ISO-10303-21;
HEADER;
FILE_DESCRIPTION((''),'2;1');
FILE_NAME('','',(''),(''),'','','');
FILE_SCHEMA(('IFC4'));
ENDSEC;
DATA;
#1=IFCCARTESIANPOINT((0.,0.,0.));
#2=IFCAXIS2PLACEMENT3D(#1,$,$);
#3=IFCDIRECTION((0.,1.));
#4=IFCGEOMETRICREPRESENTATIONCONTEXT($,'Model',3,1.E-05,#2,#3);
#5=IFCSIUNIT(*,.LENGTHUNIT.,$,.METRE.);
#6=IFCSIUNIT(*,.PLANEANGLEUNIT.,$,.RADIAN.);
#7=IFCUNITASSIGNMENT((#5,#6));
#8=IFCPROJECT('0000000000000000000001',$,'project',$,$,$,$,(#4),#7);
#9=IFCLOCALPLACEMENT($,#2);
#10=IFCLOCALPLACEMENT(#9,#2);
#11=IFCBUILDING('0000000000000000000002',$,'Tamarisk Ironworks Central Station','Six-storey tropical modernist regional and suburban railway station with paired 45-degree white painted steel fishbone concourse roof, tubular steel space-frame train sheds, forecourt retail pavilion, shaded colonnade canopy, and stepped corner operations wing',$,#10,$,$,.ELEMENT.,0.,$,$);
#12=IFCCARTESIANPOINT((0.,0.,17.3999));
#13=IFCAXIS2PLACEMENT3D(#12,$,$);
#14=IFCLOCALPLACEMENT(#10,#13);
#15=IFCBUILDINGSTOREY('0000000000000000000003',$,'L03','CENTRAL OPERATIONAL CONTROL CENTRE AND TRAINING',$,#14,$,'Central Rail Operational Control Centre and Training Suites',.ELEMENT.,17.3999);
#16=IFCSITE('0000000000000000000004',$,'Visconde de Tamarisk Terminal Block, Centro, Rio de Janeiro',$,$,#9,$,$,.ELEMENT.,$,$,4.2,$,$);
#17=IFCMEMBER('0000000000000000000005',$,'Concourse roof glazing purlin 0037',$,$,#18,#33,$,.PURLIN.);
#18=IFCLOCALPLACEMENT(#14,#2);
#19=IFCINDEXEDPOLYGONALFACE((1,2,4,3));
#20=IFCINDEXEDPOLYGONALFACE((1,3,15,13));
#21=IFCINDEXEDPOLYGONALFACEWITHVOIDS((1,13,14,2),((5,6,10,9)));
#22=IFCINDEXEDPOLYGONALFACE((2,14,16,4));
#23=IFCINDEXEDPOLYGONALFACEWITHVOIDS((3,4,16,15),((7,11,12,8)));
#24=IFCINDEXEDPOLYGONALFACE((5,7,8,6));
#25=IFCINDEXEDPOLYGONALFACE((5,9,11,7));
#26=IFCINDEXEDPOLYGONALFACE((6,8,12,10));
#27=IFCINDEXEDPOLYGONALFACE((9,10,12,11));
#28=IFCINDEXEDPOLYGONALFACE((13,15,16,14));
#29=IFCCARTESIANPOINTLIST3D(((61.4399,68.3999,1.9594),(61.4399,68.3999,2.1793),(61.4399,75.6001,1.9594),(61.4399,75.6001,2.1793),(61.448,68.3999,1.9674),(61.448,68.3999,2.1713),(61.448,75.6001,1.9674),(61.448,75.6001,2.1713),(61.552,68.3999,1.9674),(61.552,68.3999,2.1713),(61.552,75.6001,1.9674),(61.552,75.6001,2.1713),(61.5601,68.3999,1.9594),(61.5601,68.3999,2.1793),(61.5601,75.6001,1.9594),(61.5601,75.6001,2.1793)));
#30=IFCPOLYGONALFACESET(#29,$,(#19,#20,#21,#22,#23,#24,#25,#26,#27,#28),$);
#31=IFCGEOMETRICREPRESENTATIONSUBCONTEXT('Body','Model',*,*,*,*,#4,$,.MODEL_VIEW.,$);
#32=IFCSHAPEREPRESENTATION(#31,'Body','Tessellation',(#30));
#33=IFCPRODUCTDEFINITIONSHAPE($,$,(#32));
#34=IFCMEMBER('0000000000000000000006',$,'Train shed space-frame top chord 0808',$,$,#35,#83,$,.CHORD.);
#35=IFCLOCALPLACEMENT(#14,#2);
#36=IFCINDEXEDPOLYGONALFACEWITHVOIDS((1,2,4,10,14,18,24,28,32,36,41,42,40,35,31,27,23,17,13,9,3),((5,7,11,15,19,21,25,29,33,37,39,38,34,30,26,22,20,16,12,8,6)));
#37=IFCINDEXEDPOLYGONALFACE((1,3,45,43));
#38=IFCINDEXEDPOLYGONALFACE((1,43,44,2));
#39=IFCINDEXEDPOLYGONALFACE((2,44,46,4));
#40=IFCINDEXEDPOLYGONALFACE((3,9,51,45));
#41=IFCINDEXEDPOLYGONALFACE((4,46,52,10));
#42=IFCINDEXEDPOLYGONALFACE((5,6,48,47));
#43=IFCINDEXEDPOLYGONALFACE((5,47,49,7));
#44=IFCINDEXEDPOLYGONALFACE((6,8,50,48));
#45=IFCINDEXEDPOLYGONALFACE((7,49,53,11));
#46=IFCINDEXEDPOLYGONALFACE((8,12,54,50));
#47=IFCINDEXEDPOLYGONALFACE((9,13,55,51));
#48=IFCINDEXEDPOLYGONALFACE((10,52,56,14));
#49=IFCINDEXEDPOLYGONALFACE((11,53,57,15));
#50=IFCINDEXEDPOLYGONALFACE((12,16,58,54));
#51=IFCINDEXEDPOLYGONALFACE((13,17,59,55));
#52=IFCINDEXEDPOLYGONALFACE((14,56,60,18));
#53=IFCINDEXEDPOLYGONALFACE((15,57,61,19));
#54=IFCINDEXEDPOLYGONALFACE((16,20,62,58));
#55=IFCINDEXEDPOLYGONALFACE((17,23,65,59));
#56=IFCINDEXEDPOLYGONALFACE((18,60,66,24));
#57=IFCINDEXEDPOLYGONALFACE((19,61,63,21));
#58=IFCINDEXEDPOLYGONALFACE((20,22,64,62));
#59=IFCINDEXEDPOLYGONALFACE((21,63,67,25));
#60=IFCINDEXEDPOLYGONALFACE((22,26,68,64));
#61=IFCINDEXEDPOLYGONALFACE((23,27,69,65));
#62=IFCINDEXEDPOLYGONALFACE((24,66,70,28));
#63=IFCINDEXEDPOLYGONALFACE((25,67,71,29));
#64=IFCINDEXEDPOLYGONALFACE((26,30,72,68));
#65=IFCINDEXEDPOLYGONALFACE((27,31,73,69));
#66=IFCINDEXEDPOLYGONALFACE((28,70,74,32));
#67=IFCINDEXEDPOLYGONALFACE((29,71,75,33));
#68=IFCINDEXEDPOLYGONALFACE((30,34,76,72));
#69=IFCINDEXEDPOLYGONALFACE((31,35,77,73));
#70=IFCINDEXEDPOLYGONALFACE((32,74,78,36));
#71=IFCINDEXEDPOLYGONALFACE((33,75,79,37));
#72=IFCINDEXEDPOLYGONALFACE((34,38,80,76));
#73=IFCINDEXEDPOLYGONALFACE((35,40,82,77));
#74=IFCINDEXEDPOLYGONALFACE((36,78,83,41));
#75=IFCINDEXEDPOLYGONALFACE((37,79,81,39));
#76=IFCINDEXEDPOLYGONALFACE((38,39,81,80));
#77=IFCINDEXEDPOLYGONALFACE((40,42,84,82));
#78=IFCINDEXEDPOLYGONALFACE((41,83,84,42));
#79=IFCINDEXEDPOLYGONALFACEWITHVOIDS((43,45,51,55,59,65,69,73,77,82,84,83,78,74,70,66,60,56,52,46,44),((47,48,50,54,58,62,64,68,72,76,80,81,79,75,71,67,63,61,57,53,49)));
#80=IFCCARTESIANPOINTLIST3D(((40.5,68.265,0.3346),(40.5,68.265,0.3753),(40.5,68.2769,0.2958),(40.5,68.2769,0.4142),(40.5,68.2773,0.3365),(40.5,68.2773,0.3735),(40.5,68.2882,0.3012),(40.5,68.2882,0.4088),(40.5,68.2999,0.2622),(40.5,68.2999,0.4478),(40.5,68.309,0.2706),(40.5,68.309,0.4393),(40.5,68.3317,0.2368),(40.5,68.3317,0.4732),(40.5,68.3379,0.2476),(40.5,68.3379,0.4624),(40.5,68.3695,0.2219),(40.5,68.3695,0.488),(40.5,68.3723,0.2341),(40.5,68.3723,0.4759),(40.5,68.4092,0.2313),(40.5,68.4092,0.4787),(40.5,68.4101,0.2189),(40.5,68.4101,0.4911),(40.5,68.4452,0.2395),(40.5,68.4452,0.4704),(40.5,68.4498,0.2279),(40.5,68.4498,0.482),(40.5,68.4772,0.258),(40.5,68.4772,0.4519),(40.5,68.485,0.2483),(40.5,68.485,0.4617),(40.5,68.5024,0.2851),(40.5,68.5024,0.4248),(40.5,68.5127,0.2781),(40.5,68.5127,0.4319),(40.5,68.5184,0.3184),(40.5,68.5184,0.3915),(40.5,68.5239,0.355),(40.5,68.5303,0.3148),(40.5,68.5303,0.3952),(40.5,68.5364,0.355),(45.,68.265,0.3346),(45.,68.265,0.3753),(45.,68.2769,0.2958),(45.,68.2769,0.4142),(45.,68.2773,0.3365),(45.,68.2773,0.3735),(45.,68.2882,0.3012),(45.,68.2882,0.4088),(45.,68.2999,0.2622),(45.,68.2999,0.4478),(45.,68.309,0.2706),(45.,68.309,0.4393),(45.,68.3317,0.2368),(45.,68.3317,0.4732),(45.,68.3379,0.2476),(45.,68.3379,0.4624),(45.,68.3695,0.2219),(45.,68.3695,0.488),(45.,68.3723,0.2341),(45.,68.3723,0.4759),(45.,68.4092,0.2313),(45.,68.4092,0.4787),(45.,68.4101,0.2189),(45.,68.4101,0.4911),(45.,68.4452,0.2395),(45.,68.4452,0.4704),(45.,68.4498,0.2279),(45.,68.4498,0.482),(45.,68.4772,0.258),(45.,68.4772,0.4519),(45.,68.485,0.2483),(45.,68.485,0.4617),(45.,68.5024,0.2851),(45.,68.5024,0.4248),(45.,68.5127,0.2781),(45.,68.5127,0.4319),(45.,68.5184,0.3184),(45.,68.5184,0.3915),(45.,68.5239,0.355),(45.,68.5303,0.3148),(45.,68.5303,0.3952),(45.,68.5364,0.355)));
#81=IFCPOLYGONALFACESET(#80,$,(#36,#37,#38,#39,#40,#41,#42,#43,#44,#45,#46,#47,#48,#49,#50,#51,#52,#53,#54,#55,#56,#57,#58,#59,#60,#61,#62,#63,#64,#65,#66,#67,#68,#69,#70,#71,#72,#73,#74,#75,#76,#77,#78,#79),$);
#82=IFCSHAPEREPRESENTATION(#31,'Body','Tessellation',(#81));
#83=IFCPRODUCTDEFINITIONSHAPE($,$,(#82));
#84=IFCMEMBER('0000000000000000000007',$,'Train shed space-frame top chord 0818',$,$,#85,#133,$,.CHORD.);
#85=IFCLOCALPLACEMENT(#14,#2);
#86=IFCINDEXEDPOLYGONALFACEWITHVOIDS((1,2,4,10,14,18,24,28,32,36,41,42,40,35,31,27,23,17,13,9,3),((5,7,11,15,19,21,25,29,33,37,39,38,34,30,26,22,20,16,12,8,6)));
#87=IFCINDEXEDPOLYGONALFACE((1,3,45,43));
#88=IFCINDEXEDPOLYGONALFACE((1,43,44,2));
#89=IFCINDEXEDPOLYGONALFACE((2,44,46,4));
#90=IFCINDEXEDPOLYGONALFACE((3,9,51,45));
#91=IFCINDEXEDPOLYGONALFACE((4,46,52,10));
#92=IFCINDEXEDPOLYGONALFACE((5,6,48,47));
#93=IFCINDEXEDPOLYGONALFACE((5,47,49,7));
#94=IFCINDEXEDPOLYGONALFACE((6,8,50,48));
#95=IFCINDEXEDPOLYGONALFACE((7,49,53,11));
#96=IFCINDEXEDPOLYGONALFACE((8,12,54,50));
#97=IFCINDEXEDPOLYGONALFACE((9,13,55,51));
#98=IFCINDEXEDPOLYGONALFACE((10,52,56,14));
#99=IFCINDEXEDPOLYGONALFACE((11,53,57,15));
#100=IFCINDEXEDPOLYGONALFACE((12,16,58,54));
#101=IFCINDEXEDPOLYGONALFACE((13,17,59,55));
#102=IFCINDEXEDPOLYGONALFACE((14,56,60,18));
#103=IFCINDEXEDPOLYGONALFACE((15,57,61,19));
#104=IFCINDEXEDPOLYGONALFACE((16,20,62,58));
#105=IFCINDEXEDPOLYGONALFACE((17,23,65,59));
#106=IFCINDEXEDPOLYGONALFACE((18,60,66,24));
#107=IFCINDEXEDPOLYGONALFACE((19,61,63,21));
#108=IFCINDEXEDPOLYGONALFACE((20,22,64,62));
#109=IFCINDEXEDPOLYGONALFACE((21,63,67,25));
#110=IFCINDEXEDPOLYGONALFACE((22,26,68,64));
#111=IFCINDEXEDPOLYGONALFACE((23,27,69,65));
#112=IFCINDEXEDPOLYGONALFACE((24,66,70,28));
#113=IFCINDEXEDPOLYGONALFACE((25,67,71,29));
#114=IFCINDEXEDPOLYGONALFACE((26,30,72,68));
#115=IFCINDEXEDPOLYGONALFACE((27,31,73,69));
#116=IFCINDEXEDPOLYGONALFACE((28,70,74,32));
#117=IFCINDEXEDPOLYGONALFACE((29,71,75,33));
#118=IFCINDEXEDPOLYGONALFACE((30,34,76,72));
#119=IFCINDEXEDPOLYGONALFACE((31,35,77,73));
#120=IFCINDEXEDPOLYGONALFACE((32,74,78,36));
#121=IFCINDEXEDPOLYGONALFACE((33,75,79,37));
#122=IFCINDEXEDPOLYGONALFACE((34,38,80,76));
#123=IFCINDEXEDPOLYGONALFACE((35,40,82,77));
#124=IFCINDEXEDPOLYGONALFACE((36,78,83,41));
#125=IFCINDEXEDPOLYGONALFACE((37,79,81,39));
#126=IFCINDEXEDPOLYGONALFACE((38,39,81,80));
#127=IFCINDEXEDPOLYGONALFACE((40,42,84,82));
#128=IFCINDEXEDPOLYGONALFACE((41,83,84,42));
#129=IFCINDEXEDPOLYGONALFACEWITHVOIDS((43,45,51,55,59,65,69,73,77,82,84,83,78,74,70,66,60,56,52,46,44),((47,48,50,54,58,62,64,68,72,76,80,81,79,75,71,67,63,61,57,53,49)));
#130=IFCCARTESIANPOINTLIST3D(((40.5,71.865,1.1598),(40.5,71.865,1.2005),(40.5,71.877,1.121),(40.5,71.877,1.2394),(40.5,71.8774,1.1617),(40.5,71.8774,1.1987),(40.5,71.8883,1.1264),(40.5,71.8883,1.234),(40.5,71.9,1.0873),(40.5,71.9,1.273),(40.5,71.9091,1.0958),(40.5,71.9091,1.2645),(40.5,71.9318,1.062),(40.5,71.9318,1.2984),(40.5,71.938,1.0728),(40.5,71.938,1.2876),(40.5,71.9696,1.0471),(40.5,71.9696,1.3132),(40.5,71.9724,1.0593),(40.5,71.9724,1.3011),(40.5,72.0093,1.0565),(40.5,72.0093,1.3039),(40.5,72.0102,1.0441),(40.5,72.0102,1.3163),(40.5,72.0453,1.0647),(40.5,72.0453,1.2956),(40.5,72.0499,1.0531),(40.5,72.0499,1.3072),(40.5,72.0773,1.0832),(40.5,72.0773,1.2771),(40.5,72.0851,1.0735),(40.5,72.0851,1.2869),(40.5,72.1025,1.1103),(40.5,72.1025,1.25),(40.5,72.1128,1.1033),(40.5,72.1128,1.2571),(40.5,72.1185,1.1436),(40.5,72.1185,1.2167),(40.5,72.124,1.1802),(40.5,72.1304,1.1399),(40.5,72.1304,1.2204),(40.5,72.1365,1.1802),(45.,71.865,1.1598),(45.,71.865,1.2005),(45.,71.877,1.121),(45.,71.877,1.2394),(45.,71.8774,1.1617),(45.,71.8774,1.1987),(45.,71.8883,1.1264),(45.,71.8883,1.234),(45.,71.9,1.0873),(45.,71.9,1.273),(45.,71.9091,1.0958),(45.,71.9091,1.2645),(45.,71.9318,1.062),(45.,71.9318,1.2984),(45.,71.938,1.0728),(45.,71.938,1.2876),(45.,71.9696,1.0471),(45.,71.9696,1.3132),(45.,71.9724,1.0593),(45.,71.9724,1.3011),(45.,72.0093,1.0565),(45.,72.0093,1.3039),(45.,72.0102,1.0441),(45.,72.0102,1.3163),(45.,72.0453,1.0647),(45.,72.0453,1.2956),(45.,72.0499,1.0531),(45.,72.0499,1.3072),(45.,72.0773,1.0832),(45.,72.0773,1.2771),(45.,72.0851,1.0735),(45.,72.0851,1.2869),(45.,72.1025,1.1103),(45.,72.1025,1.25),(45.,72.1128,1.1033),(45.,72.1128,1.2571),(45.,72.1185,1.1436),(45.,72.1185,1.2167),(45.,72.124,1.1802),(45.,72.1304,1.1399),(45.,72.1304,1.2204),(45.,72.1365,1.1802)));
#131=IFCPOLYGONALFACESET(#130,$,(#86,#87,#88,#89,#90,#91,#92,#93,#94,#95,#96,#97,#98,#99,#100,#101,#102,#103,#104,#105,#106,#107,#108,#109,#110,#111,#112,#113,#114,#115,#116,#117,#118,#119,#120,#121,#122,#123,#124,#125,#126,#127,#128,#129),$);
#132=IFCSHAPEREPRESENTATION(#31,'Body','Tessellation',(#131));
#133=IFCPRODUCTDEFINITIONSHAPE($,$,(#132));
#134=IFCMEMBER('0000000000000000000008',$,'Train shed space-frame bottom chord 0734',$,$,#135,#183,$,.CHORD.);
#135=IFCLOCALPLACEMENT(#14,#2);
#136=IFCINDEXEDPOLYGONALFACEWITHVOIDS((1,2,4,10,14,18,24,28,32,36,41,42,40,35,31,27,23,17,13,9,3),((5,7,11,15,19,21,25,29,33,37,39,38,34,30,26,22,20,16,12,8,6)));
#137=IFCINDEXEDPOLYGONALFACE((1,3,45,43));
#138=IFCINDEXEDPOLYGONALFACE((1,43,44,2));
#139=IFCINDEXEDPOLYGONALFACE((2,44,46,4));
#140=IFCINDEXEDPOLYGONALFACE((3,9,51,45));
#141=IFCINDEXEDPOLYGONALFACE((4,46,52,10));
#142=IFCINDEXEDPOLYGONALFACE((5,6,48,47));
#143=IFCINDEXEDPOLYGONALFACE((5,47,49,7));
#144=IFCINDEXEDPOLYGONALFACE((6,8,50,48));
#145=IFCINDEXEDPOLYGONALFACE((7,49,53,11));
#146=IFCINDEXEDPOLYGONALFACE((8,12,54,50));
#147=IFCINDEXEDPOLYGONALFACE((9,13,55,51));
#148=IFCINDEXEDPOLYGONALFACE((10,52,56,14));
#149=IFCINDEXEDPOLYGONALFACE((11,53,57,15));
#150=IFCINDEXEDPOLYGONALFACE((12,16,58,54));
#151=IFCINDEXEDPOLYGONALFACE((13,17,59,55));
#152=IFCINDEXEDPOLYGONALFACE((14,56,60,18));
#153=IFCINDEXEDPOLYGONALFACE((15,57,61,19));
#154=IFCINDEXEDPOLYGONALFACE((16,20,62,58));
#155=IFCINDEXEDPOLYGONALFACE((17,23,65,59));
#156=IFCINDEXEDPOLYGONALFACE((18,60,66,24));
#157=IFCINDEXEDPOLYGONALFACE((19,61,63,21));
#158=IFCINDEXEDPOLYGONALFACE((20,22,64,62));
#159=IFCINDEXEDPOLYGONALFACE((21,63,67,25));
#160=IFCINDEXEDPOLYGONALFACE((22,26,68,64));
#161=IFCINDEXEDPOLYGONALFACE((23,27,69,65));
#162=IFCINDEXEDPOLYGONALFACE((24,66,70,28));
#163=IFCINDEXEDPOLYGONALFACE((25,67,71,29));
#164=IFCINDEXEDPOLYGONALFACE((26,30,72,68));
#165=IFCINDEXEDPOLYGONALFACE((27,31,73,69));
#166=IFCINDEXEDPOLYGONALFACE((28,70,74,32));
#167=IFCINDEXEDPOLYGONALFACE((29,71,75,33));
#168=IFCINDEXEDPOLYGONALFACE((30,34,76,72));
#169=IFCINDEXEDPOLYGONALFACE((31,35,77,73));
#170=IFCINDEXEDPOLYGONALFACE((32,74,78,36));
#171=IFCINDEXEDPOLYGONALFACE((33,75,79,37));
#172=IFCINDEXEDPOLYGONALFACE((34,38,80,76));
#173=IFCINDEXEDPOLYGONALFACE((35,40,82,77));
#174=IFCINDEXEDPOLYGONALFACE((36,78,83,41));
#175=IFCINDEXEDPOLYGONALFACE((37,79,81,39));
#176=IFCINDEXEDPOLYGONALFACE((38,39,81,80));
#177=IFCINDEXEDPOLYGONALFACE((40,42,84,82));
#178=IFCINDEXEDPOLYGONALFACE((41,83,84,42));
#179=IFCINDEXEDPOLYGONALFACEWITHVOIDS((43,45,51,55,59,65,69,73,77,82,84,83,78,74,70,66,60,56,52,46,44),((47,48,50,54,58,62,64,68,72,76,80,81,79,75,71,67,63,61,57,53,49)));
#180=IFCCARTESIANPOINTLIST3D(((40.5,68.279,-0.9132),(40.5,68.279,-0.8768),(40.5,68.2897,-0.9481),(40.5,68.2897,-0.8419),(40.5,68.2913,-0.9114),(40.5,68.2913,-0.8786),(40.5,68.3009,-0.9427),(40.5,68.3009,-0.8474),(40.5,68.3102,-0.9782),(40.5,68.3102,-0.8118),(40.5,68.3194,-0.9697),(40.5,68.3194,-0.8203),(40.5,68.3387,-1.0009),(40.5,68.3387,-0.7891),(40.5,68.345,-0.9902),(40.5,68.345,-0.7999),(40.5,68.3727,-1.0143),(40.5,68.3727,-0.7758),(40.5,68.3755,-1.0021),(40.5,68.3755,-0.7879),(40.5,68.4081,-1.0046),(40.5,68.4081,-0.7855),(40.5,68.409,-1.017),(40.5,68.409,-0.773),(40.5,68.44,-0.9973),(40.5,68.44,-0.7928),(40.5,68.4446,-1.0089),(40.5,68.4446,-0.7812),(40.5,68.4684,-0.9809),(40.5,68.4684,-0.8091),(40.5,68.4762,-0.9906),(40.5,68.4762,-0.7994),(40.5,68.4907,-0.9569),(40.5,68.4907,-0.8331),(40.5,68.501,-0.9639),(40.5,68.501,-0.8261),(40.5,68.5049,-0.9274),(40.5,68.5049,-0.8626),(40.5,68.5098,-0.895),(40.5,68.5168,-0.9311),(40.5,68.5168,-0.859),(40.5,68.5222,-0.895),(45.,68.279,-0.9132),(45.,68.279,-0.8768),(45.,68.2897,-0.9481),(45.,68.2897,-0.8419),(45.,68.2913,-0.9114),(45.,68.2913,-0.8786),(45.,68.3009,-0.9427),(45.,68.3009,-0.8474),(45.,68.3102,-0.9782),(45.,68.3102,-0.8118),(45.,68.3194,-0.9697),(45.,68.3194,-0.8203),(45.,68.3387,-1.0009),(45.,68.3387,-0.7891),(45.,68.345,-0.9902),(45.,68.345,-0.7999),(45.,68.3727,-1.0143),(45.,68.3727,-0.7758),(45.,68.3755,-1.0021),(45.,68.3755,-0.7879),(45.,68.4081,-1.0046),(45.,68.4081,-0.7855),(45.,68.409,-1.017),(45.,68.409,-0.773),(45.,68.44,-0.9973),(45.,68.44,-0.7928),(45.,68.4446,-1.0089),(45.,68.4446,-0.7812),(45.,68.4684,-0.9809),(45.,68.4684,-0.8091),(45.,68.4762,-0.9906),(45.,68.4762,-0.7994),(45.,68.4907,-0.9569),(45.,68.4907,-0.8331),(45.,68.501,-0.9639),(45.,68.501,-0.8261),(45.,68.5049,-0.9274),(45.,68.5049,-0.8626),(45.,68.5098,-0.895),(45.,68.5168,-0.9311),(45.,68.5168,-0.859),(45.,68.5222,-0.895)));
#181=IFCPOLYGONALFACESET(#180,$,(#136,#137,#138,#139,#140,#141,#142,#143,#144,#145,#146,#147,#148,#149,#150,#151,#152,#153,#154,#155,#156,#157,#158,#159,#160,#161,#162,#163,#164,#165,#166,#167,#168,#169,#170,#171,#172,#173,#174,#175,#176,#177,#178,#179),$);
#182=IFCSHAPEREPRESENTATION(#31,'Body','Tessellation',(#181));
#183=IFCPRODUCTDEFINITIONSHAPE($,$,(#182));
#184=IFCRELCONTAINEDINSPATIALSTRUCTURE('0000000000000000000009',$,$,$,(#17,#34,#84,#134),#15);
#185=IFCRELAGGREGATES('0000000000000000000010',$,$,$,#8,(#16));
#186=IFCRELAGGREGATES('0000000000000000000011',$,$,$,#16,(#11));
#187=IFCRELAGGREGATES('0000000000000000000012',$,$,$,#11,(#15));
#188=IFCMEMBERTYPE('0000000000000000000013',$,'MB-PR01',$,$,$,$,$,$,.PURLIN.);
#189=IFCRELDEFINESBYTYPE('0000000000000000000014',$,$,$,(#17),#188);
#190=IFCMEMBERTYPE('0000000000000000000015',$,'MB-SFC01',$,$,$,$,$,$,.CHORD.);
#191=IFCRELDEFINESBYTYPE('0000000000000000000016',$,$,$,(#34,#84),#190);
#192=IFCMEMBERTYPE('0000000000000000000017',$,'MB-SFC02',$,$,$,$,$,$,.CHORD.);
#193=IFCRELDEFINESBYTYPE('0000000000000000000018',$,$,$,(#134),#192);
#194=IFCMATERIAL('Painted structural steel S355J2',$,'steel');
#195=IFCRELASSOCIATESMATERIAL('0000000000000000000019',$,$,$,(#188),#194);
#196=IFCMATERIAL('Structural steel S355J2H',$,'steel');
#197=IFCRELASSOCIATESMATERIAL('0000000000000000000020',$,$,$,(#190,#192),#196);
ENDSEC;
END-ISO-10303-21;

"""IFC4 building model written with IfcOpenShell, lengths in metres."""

from ifc_helpers import new_model, si_unit, direction, frame, origin, origin_2d, place, context, subcontext, project, spatial, hollow_rectangle, hollow_circle, extrude, material, material_profile, profile_set, type_object, element, save


model = new_model("IFC4")

# Units and contexts
model_context = context("Model", 3, precision=1e-05, world=origin(), true_north=direction((0.0, 1.0)))
body_context = subcontext(model_context, "Body", "Model", "MODEL_VIEW")
ifc_project = project(units=[si_unit("LENGTHUNIT", "METRE"), si_unit("PLANEANGLEUNIT", "RADIAN")], contexts=[model_context])

# Site, building, storey
site_placement = place(None, origin())
site = spatial("IfcSite", under=ifc_project, at=site_placement, Name="Visconde de Tamarisk Terminal Block, Centro, Rio de Janeiro", CompositionType="ELEMENT", RefElevation=4.2)
building_placement = place(site_placement, origin())
building = spatial("IfcBuilding", under=site, at=building_placement, Name="Tamarisk Ironworks Central Station", Description="Six-storey tropical modernist regional and suburban railway station with paired 45-degree white painted steel fishbone concourse roof, tubular steel space-frame train sheds, forecourt retail pavilion, shaded colonnade canopy, and stepped corner operations wing", CompositionType="ELEMENT", ElevationOfRefHeight=0.0)
storey_placement = place(building_placement, frame((0.0, 0.0, 17.3999)))
storey = spatial("IfcBuildingStorey", under=building, at=storey_placement, Name="L03", Description="CENTRAL OPERATIONAL CONTROL CENTRE AND TRAINING", LongName="Central Rail Operational Control Centre and Training Suites", CompositionType="ELEMENT", Elevation=17.3999)

# Members
ifc_material_1 = material(Name="Painted structural steel S355J2", Category="steel")
ifc_material_profile_1 = material_profile(ifc_material_1, hollow_rectangle(XDim=0.1201, YDim=0.22, WallThickness=0.0081, at=origin_2d()), Name="RHS 220x120x8")
ifc_profile_set_1 = profile_set([ifc_material_profile_1], Name="Painted structural steel S355J2")
member_type_1 = type_object("IfcMemberType", Name="MB-PR01", PredefinedType="PURLIN", material=ifc_profile_set_1)
member_1_placement = place(storey_placement, frame((61.5, 68.3999, 2.0693), z_axis=(0.0, 1.0, 0.0), x_axis=(-1.0, 0.0, 0.0)))
element("IfcMember", 1, at=member_1_placement, inside=storey, type_object=member_type_1, Name="Concourse roof glazing purlin 0037", PredefinedType="PURLIN", context=body_context, shape_type="SweptSolid", body=[
    extrude(hollow_rectangle(XDim=0.1201, YDim=0.22, WallThickness=0.0081, at=origin_2d()), origin(), (0.0, 0.0, 1.0), 7.2002),
])
ifc_material_2 = material(Name="Structural steel S355J2H", Category="steel")
ifc_material_profile_2 = material_profile(ifc_material_2, hollow_circle(Radius=0.1365, WallThickness=0.0125, at=origin_2d()), Name="CHS 273x12.5")
ifc_profile_set_2 = profile_set([ifc_material_profile_2], Name="Structural steel S355J2H")
member_type_2 = type_object("IfcMemberType", Name="MB-SFC01", PredefinedType="CHORD", material=ifc_profile_set_2)
for number, where, z_axis, x_axis, name in (
    (2, (40.5, 68.3999, 0.355), (1.0, 0.0, 0.0), (0.0, 1.0, 0.0), "Train shed space-frame top chord 0808"),
    (3, (40.5, 72.0, 1.1802), (1.0, 0.0, 0.0), (0.0, 1.0, 0.0), "Train shed space-frame top chord 0818"),
):
    element("IfcMember", number, at=place(storey_placement, frame(where, z_axis=z_axis, x_axis=x_axis)), inside=storey, type_object=member_type_2, Name=name, PredefinedType="CHORD", context=body_context, shape_type="SweptSolid", body=[
        extrude(hollow_circle(Radius=0.1365, WallThickness=0.0125, at=origin_2d()), origin(), (0.0, 0.0, 1.0), 4.5),
    ])
ifc_material_profile_3 = material_profile(ifc_material_2, hollow_circle(Radius=0.1223, WallThickness=0.0125, at=origin_2d()), Name="CHS 244.5x12.5")
ifc_profile_set_3 = profile_set([ifc_material_profile_3], Name="Structural steel S355J2H")
member_type_3 = type_object("IfcMemberType", Name="MB-SFC02", PredefinedType="CHORD", material=ifc_profile_set_3)
for number, where, z_axis, x_axis, name in (
    (4, (40.5, 68.3999, -0.895), (1.0, 0.0, 0.0), (0.0, 1.0, 0.0), "Train shed space-frame bottom chord 0734"),
):
    element("IfcMember", number, at=place(storey_placement, frame(where, z_axis=z_axis, x_axis=x_axis)), inside=storey, type_object=member_type_3, Name=name, PredefinedType="CHORD", context=body_context, shape_type="SweptSolid", body=[
        extrude(hollow_circle(Radius=0.1223, WallThickness=0.0125, at=origin_2d()), origin(), (0.0, 0.0, 1.0), 4.5),
    ])

save(model, "model.ifc")
